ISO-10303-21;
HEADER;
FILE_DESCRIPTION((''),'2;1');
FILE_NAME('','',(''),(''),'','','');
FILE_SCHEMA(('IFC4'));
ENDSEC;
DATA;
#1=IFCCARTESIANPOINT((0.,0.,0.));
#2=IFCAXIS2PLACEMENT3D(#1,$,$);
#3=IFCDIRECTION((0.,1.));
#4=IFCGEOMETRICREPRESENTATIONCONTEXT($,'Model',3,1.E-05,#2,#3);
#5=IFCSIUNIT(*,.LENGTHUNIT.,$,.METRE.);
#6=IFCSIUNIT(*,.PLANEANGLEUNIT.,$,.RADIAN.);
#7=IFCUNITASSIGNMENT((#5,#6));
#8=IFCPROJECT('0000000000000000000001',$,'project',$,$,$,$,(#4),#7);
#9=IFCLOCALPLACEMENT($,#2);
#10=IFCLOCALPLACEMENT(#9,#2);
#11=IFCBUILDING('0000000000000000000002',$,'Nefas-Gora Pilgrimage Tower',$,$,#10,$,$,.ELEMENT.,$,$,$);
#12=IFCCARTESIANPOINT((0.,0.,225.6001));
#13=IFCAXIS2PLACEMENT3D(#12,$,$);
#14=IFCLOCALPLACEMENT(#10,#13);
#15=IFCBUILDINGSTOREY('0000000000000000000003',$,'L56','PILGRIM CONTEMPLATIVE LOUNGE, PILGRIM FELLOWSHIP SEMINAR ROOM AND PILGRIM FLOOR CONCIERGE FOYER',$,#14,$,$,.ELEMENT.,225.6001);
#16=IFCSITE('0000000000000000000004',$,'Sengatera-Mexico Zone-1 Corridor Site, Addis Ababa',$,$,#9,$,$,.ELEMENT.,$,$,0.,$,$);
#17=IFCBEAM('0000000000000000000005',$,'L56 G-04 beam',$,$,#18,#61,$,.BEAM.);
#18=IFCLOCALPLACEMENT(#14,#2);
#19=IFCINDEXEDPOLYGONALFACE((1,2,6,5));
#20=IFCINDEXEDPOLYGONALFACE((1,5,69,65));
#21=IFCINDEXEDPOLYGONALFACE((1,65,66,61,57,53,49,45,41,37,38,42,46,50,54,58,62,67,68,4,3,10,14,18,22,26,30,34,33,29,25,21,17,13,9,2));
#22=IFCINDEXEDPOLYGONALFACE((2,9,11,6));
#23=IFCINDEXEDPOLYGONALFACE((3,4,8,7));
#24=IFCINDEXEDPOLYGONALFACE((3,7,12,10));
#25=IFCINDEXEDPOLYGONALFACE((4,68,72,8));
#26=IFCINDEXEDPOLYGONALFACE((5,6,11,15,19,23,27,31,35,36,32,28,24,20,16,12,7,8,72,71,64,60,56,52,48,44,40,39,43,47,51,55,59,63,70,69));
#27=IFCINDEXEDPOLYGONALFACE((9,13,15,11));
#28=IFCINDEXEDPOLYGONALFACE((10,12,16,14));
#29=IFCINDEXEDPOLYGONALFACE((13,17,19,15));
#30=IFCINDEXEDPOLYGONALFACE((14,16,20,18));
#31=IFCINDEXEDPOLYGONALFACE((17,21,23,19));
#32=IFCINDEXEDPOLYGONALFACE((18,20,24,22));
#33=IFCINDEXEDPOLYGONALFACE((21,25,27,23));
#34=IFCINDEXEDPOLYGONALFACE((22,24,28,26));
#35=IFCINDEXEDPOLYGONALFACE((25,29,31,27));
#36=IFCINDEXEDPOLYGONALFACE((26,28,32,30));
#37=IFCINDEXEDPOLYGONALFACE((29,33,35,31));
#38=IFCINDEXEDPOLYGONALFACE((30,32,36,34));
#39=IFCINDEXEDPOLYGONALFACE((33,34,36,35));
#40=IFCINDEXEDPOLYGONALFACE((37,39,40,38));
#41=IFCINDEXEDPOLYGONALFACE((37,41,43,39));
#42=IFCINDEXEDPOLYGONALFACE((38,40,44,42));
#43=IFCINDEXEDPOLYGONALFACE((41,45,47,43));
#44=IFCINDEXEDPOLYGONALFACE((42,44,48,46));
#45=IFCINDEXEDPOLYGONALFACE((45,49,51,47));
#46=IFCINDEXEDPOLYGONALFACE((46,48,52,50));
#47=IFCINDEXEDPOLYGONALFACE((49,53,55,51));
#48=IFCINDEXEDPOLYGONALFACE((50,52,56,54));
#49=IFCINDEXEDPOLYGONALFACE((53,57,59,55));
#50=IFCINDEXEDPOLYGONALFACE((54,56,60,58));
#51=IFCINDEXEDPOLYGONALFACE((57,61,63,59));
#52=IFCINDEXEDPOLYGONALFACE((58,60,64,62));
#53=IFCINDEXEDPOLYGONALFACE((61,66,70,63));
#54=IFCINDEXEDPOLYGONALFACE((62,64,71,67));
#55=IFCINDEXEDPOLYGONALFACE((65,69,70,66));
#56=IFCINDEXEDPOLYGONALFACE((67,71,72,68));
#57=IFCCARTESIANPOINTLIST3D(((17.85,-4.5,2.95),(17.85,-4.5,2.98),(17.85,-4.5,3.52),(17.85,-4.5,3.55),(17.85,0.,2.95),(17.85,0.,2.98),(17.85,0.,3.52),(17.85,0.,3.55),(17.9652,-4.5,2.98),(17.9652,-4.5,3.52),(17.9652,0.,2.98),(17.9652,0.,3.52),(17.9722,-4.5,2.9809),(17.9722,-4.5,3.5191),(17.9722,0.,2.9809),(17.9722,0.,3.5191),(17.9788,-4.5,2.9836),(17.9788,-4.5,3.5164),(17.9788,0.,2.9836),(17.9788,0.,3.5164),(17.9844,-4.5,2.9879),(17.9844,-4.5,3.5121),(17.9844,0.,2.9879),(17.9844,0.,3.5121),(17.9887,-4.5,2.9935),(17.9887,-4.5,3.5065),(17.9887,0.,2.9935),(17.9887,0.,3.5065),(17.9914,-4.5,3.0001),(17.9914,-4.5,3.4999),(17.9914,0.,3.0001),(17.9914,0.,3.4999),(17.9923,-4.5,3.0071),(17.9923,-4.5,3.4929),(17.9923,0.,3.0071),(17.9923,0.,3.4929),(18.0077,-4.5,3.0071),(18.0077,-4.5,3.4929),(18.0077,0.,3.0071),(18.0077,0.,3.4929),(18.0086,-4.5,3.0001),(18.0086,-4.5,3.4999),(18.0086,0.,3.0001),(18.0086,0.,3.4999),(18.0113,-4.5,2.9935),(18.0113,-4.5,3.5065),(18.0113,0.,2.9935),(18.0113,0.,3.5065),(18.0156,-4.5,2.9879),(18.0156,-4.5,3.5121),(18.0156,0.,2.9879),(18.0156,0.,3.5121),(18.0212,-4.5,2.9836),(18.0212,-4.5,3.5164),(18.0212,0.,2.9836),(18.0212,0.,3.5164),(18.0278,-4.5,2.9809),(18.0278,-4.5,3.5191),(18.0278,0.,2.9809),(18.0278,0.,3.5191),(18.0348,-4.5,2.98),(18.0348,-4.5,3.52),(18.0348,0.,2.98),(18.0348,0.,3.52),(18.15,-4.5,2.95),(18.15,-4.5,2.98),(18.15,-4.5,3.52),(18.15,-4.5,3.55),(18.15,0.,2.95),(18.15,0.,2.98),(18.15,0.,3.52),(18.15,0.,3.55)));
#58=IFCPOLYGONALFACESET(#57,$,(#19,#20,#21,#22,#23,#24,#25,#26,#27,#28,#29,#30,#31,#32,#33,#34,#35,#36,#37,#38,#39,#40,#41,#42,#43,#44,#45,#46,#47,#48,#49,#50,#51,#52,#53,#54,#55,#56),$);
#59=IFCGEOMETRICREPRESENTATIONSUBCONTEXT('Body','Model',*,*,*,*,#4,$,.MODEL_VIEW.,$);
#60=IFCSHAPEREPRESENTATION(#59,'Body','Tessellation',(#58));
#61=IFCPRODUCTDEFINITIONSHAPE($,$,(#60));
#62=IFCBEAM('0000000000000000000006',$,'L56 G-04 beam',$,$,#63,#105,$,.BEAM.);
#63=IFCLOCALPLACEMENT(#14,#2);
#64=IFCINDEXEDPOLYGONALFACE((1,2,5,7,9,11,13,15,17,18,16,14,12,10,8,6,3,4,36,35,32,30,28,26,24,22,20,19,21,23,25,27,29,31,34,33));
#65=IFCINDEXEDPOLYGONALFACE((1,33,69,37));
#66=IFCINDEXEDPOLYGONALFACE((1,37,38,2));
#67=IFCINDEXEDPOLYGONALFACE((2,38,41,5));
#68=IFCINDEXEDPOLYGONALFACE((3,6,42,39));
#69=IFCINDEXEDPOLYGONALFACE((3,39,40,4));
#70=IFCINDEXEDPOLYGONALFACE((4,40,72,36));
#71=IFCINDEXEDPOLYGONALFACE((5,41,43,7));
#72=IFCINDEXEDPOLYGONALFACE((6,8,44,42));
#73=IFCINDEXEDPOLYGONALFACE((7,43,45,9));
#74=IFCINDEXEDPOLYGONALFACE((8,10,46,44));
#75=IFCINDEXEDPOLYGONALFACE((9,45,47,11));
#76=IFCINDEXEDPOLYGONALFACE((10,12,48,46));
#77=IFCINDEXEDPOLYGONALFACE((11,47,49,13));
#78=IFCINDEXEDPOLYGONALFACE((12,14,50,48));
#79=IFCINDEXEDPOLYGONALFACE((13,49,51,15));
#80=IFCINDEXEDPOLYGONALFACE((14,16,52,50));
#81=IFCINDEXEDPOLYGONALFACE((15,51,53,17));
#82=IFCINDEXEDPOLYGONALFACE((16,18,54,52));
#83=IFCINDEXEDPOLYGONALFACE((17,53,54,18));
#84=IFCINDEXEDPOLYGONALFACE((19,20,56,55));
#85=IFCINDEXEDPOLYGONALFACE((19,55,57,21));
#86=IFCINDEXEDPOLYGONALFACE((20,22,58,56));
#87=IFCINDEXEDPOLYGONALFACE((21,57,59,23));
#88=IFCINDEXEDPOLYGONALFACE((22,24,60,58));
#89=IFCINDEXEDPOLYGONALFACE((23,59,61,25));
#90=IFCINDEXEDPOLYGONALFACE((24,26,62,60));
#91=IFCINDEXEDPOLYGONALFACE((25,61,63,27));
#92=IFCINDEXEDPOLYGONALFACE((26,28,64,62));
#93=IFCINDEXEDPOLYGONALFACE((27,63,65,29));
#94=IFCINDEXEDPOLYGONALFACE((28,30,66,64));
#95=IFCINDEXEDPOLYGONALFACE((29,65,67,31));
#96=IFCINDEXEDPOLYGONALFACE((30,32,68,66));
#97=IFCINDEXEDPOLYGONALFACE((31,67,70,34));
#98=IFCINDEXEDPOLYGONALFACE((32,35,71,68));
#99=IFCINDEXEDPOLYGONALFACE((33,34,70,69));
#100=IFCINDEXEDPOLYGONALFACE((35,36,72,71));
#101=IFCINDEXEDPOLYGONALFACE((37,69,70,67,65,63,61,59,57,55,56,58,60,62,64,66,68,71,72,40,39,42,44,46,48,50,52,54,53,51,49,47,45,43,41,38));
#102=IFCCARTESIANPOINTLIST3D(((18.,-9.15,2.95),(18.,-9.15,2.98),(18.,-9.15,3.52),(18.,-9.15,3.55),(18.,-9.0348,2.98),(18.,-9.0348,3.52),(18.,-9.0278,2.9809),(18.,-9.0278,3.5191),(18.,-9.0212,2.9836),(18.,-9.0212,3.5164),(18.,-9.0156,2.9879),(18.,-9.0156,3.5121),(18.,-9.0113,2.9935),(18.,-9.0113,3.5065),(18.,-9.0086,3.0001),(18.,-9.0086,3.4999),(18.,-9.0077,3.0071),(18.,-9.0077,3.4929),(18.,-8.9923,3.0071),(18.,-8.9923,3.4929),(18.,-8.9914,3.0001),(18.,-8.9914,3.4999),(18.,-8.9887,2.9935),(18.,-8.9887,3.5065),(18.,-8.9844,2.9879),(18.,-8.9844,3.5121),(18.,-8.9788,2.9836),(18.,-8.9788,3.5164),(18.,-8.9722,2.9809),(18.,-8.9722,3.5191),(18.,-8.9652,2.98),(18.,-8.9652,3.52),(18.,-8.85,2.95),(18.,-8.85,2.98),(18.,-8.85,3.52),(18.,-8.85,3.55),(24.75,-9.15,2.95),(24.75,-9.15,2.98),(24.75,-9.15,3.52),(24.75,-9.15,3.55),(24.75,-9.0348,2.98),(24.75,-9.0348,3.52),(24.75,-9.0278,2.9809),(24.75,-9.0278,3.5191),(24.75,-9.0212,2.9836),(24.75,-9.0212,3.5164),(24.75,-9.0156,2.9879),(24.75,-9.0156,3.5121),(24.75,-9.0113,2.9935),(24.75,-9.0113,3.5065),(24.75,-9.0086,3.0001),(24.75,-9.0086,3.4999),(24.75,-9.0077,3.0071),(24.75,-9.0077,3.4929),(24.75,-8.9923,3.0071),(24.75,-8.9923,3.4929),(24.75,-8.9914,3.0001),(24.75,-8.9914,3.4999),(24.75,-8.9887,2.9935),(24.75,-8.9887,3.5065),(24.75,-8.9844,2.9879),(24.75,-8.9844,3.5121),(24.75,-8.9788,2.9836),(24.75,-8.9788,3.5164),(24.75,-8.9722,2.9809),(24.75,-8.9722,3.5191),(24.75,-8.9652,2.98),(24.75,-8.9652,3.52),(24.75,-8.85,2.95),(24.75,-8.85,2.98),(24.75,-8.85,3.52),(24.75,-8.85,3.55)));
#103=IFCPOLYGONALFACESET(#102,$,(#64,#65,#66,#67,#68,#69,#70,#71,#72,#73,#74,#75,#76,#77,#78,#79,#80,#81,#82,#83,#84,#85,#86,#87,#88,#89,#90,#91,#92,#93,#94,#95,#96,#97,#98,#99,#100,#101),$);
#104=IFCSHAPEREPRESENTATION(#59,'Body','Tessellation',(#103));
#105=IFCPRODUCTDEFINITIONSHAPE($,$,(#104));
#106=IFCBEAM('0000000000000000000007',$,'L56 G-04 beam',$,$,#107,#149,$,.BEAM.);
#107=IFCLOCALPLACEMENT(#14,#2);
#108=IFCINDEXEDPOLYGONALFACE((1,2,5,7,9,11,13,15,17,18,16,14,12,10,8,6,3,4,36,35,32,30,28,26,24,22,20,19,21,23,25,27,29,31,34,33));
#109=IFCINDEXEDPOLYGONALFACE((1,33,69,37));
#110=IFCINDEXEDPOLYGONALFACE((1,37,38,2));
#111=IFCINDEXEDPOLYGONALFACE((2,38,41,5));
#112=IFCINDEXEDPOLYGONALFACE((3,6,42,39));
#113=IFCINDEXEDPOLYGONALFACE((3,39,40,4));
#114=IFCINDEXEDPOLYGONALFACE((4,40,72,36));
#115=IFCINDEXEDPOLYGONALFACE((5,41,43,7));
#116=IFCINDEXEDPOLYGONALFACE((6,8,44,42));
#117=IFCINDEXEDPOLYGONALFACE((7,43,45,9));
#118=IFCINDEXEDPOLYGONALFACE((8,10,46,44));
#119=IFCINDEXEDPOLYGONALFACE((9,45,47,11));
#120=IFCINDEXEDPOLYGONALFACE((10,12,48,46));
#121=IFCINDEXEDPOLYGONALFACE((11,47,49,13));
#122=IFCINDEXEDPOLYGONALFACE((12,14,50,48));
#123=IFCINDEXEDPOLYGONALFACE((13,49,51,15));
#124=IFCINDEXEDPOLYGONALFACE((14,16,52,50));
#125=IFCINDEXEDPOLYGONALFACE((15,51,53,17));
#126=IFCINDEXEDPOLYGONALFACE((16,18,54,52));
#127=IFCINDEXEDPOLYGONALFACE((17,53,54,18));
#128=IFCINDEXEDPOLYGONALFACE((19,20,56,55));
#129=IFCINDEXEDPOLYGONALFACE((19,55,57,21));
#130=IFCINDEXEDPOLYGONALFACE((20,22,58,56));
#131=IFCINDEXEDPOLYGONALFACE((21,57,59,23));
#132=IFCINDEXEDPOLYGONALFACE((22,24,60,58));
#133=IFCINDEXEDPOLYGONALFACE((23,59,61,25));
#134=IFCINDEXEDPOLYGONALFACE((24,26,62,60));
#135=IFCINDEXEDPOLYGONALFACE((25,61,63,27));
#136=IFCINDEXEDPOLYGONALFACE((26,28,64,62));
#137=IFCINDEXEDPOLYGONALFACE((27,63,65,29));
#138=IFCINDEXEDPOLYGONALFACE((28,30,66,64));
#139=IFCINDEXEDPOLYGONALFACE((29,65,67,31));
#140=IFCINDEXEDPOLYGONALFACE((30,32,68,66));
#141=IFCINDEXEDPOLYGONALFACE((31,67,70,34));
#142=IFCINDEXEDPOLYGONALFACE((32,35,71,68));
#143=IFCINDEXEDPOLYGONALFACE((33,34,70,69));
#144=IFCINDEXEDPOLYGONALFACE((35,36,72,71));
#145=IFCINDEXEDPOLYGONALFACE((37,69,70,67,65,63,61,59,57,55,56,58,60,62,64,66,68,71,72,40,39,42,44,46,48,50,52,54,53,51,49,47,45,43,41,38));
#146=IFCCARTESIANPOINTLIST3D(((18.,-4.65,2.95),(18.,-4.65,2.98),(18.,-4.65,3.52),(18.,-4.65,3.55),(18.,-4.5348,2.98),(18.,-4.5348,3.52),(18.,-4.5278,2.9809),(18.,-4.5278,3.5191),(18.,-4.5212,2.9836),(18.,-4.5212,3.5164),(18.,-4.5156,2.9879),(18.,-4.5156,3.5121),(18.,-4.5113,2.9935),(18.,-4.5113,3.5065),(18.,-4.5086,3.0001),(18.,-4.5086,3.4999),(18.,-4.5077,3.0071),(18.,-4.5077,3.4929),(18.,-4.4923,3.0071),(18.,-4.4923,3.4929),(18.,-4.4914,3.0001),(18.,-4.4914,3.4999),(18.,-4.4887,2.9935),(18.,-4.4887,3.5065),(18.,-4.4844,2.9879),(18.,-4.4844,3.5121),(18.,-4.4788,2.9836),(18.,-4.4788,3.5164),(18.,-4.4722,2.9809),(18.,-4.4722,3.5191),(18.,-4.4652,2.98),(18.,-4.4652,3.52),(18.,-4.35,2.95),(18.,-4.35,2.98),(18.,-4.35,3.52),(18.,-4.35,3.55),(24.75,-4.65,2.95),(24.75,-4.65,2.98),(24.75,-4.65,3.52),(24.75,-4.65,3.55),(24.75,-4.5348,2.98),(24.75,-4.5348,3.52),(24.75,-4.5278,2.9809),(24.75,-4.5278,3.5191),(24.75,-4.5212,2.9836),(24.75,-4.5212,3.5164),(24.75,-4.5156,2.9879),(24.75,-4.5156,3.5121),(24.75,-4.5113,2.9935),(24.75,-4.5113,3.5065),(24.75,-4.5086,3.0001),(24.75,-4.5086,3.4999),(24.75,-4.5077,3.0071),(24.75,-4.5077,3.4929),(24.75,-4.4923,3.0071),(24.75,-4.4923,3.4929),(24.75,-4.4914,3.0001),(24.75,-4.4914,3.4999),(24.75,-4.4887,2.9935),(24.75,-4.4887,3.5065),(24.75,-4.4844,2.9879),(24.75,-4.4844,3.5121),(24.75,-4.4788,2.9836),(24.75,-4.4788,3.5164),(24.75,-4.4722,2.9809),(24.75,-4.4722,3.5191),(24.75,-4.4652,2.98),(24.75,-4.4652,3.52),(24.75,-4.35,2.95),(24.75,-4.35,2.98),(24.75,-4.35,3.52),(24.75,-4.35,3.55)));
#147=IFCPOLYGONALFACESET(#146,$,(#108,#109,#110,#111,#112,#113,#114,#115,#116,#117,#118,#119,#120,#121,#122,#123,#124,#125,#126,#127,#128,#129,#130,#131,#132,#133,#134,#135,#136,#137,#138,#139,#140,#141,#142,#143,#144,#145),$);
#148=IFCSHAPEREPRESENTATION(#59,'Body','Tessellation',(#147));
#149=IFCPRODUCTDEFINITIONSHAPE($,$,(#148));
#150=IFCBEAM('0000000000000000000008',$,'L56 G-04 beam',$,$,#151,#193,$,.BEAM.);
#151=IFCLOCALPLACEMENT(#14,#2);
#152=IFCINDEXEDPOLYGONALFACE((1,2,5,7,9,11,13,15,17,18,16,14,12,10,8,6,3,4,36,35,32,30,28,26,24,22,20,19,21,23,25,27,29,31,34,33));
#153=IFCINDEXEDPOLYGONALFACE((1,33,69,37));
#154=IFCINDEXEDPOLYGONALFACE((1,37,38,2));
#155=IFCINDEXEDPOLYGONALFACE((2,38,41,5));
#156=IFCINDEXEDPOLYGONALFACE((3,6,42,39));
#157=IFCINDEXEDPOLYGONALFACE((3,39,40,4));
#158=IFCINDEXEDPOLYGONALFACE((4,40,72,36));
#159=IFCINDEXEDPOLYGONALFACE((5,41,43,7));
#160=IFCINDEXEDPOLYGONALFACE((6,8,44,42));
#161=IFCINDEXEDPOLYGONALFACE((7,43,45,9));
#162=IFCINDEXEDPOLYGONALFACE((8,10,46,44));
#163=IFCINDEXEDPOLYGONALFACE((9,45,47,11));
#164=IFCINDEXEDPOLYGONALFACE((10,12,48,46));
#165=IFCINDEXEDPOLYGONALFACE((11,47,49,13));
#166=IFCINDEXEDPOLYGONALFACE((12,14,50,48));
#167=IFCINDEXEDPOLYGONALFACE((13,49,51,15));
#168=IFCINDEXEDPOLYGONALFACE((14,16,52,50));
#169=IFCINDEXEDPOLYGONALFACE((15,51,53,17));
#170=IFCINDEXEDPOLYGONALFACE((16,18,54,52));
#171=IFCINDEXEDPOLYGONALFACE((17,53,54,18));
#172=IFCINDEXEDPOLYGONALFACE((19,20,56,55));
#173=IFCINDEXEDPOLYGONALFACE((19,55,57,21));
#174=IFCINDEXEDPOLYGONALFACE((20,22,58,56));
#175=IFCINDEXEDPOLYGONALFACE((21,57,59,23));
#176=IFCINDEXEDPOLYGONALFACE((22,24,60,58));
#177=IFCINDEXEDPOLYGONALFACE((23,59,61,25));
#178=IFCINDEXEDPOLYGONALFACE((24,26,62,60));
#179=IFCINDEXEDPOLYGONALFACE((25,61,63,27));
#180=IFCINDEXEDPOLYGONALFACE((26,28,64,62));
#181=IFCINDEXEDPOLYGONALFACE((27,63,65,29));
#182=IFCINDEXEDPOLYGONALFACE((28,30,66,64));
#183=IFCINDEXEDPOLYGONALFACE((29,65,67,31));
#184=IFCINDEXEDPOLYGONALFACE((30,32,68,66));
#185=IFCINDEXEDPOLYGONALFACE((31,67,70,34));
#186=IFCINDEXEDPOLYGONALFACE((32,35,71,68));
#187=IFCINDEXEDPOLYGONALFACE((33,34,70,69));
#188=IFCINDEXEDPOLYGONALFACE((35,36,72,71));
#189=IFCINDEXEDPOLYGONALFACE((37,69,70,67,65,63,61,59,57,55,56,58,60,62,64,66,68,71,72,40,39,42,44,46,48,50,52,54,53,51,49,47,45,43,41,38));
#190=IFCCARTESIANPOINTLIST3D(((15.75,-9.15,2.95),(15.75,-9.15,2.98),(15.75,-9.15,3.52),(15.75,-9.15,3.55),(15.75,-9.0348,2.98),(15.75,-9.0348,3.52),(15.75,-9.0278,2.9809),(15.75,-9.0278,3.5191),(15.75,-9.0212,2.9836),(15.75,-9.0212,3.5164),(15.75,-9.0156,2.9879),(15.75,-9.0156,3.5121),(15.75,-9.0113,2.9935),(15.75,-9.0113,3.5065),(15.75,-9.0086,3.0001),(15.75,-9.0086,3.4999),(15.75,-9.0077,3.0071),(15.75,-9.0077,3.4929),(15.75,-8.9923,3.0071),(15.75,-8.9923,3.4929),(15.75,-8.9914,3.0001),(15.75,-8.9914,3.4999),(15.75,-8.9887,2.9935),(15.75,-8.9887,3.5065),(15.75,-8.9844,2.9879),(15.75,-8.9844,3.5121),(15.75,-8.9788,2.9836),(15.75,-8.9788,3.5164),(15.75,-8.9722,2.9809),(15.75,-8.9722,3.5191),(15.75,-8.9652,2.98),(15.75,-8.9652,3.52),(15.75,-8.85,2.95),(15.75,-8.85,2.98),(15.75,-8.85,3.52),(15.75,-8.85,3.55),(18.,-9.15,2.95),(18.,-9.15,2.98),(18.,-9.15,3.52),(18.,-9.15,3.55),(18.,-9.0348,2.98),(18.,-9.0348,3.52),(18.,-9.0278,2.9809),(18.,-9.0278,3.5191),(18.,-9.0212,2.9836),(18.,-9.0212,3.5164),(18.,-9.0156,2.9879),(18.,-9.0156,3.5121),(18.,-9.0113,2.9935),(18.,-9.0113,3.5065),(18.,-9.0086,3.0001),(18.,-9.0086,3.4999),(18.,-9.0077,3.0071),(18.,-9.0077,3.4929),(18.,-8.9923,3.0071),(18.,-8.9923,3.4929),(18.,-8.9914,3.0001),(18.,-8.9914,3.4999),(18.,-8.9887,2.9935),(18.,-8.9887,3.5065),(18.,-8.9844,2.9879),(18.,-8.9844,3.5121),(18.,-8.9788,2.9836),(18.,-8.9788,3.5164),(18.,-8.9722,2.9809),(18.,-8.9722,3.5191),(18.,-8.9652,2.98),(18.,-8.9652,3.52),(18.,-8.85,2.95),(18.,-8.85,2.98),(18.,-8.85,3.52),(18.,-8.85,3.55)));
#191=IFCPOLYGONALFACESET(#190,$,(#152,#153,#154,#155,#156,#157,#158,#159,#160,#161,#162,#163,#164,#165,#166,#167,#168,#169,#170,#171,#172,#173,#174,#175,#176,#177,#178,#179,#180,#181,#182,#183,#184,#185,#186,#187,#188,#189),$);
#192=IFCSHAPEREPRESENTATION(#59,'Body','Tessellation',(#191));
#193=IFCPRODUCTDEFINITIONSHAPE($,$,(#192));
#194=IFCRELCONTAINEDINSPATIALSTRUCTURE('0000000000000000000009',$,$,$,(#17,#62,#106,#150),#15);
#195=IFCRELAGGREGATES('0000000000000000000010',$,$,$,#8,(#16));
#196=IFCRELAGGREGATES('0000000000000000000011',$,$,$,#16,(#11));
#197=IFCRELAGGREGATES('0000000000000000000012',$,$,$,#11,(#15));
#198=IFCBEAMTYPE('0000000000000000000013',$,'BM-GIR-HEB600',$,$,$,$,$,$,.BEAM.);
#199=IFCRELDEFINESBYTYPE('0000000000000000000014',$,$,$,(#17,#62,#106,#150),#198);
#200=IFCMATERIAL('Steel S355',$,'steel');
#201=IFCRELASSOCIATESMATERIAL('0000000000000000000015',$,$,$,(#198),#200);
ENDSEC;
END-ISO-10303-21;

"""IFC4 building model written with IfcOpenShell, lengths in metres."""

from ifc_helpers import new_model, si_unit, direction, frame, origin, origin_2d, place, context, subcontext, project, spatial, i_section, extrude, source, transform, mapped, material, material_profile, profile_set, type_object, element, save


model = new_model("IFC4")

# Units and contexts
model_context = context("Model", 3, precision=1e-05, world=origin(), true_north=direction((0.0, 1.0)))
body_context = subcontext(model_context, "Body", "Model", "MODEL_VIEW")
ifc_project = project(units=[si_unit("LENGTHUNIT", "METRE"), si_unit("PLANEANGLEUNIT", "RADIAN")], contexts=[model_context])

# Site, building, storey
site_placement = place(None, origin())
site = spatial("IfcSite", under=ifc_project, at=site_placement, Name="Sengatera-Mexico Zone-1 Corridor Site, Addis Ababa", CompositionType="ELEMENT", RefElevation=0.0)
building_placement = place(site_placement, origin())
building = spatial("IfcBuilding", under=site, at=building_placement, Name="Nefas-Gora Pilgrimage Tower", CompositionType="ELEMENT")
storey_placement = place(building_placement, frame((0.0, 0.0, 225.6001)))
storey = spatial("IfcBuildingStorey", under=building, at=storey_placement, Name="L56", Description="PILGRIM CONTEMPLATIVE LOUNGE, PILGRIM FELLOWSHIP SEMINAR ROOM AND PILGRIM FLOOR CONCIERGE FOYER", CompositionType="ELEMENT", Elevation=225.6001)

# Beams
ifc_material_1 = material(Name="Steel S355", Category="steel")
ifc_material_profile_1 = material_profile(ifc_material_1, i_section(OverallWidth=0.3, OverallDepth=0.6001, WebThickness=0.0154, FlangeThickness=0.03, FilletRadius=0.0271, at=origin_2d()), Name="HEB 600")
ifc_profile_set_1 = profile_set([ifc_material_profile_1], Name="Steel S355")
beam_type_1 = type_object("IfcBeamType", Name="BM-GIR-HEB600", PredefinedType="BEAM", material=ifc_profile_set_1)
shared_shape_1 = source(origin(), body_context, "Body", "SweptSolid", [
    extrude(i_section(OverallWidth=0.3, OverallDepth=0.6001, WebThickness=0.0154, FlangeThickness=0.03, FilletRadius=0.0271, at=origin_2d()), origin(), (0.0, 0.0, 1.0), 4.5),
])
for number, where, z_axis, x_axis, name in (
    (1, (18.0, -4.5, 3.25), (0.0, 1.0, 0.0), (-1.0, 0.0, 0.0), "L56 G-04 beam"),
):
    element("IfcBeam", number, at=place(storey_placement, frame(where, z_axis=z_axis, x_axis=x_axis)), inside=storey, type_object=beam_type_1, Name=name, PredefinedType="BEAM", context=body_context, shape_type="MappedRepresentation", body=[
        mapped(shared_shape_1, transform((0.0, 0.0, 0.0), x_axis=(1.0, 0.0, 0.0), y_axis=(0.0, 1.0, 0.0), z_axis=(0.0, 0.0, 1.0), scale=1.0)),
    ])
shared_shape_2 = source(origin(), body_context, "Body", "SweptSolid", [
    extrude(i_section(OverallWidth=0.3, OverallDepth=0.6001, WebThickness=0.0154, FlangeThickness=0.03, FilletRadius=0.0271, at=origin_2d()), origin(), (0.0, 0.0, 1.0), 6.75),
])
for number, where, z_axis, x_axis, name in (
    (2, (18.0, -9.0, 3.25), (1.0, 0.0, 0.0), (0.0, 1.0, 0.0), "L56 G-04 beam"),
    (3, (18.0, -4.5, 3.25), (1.0, 0.0, 0.0), (0.0, 1.0, 0.0), "L56 G-04 beam"),
):
    element("IfcBeam", number, at=place(storey_placement, frame(where, z_axis=z_axis, x_axis=x_axis)), inside=storey, type_object=beam_type_1, Name=name, PredefinedType="BEAM", context=body_context, shape_type="MappedRepresentation", body=[
        mapped(shared_shape_2, transform((0.0, 0.0, 0.0), x_axis=(1.0, 0.0, 0.0), y_axis=(0.0, 1.0, 0.0), z_axis=(0.0, 0.0, 1.0), scale=1.0)),
    ])
shared_shape_3 = source(origin(), body_context, "Body", "SweptSolid", [
    extrude(i_section(OverallWidth=0.3, OverallDepth=0.6001, WebThickness=0.0154, FlangeThickness=0.03, FilletRadius=0.0271, at=origin_2d()), origin(), (0.0, 0.0, 1.0), 2.25),
])
for number, where, z_axis, x_axis, name in (
    (4, (15.75, -9.0, 3.25), (1.0, 0.0, 0.0), (0.0, 1.0, 0.0), "L56 G-04 beam"),
):
    element("IfcBeam", number, at=place(storey_placement, frame(where, z_axis=z_axis, x_axis=x_axis)), inside=storey, type_object=beam_type_1, Name=name, PredefinedType="BEAM", context=body_context, shape_type="MappedRepresentation", body=[
        mapped(shared_shape_3, transform((0.0, 0.0, 0.0), x_axis=(1.0, 0.0, 0.0), y_axis=(0.0, 1.0, 0.0), z_axis=(0.0, 0.0, 1.0), scale=1.0)),
    ])

save(model, "model.ifc")
